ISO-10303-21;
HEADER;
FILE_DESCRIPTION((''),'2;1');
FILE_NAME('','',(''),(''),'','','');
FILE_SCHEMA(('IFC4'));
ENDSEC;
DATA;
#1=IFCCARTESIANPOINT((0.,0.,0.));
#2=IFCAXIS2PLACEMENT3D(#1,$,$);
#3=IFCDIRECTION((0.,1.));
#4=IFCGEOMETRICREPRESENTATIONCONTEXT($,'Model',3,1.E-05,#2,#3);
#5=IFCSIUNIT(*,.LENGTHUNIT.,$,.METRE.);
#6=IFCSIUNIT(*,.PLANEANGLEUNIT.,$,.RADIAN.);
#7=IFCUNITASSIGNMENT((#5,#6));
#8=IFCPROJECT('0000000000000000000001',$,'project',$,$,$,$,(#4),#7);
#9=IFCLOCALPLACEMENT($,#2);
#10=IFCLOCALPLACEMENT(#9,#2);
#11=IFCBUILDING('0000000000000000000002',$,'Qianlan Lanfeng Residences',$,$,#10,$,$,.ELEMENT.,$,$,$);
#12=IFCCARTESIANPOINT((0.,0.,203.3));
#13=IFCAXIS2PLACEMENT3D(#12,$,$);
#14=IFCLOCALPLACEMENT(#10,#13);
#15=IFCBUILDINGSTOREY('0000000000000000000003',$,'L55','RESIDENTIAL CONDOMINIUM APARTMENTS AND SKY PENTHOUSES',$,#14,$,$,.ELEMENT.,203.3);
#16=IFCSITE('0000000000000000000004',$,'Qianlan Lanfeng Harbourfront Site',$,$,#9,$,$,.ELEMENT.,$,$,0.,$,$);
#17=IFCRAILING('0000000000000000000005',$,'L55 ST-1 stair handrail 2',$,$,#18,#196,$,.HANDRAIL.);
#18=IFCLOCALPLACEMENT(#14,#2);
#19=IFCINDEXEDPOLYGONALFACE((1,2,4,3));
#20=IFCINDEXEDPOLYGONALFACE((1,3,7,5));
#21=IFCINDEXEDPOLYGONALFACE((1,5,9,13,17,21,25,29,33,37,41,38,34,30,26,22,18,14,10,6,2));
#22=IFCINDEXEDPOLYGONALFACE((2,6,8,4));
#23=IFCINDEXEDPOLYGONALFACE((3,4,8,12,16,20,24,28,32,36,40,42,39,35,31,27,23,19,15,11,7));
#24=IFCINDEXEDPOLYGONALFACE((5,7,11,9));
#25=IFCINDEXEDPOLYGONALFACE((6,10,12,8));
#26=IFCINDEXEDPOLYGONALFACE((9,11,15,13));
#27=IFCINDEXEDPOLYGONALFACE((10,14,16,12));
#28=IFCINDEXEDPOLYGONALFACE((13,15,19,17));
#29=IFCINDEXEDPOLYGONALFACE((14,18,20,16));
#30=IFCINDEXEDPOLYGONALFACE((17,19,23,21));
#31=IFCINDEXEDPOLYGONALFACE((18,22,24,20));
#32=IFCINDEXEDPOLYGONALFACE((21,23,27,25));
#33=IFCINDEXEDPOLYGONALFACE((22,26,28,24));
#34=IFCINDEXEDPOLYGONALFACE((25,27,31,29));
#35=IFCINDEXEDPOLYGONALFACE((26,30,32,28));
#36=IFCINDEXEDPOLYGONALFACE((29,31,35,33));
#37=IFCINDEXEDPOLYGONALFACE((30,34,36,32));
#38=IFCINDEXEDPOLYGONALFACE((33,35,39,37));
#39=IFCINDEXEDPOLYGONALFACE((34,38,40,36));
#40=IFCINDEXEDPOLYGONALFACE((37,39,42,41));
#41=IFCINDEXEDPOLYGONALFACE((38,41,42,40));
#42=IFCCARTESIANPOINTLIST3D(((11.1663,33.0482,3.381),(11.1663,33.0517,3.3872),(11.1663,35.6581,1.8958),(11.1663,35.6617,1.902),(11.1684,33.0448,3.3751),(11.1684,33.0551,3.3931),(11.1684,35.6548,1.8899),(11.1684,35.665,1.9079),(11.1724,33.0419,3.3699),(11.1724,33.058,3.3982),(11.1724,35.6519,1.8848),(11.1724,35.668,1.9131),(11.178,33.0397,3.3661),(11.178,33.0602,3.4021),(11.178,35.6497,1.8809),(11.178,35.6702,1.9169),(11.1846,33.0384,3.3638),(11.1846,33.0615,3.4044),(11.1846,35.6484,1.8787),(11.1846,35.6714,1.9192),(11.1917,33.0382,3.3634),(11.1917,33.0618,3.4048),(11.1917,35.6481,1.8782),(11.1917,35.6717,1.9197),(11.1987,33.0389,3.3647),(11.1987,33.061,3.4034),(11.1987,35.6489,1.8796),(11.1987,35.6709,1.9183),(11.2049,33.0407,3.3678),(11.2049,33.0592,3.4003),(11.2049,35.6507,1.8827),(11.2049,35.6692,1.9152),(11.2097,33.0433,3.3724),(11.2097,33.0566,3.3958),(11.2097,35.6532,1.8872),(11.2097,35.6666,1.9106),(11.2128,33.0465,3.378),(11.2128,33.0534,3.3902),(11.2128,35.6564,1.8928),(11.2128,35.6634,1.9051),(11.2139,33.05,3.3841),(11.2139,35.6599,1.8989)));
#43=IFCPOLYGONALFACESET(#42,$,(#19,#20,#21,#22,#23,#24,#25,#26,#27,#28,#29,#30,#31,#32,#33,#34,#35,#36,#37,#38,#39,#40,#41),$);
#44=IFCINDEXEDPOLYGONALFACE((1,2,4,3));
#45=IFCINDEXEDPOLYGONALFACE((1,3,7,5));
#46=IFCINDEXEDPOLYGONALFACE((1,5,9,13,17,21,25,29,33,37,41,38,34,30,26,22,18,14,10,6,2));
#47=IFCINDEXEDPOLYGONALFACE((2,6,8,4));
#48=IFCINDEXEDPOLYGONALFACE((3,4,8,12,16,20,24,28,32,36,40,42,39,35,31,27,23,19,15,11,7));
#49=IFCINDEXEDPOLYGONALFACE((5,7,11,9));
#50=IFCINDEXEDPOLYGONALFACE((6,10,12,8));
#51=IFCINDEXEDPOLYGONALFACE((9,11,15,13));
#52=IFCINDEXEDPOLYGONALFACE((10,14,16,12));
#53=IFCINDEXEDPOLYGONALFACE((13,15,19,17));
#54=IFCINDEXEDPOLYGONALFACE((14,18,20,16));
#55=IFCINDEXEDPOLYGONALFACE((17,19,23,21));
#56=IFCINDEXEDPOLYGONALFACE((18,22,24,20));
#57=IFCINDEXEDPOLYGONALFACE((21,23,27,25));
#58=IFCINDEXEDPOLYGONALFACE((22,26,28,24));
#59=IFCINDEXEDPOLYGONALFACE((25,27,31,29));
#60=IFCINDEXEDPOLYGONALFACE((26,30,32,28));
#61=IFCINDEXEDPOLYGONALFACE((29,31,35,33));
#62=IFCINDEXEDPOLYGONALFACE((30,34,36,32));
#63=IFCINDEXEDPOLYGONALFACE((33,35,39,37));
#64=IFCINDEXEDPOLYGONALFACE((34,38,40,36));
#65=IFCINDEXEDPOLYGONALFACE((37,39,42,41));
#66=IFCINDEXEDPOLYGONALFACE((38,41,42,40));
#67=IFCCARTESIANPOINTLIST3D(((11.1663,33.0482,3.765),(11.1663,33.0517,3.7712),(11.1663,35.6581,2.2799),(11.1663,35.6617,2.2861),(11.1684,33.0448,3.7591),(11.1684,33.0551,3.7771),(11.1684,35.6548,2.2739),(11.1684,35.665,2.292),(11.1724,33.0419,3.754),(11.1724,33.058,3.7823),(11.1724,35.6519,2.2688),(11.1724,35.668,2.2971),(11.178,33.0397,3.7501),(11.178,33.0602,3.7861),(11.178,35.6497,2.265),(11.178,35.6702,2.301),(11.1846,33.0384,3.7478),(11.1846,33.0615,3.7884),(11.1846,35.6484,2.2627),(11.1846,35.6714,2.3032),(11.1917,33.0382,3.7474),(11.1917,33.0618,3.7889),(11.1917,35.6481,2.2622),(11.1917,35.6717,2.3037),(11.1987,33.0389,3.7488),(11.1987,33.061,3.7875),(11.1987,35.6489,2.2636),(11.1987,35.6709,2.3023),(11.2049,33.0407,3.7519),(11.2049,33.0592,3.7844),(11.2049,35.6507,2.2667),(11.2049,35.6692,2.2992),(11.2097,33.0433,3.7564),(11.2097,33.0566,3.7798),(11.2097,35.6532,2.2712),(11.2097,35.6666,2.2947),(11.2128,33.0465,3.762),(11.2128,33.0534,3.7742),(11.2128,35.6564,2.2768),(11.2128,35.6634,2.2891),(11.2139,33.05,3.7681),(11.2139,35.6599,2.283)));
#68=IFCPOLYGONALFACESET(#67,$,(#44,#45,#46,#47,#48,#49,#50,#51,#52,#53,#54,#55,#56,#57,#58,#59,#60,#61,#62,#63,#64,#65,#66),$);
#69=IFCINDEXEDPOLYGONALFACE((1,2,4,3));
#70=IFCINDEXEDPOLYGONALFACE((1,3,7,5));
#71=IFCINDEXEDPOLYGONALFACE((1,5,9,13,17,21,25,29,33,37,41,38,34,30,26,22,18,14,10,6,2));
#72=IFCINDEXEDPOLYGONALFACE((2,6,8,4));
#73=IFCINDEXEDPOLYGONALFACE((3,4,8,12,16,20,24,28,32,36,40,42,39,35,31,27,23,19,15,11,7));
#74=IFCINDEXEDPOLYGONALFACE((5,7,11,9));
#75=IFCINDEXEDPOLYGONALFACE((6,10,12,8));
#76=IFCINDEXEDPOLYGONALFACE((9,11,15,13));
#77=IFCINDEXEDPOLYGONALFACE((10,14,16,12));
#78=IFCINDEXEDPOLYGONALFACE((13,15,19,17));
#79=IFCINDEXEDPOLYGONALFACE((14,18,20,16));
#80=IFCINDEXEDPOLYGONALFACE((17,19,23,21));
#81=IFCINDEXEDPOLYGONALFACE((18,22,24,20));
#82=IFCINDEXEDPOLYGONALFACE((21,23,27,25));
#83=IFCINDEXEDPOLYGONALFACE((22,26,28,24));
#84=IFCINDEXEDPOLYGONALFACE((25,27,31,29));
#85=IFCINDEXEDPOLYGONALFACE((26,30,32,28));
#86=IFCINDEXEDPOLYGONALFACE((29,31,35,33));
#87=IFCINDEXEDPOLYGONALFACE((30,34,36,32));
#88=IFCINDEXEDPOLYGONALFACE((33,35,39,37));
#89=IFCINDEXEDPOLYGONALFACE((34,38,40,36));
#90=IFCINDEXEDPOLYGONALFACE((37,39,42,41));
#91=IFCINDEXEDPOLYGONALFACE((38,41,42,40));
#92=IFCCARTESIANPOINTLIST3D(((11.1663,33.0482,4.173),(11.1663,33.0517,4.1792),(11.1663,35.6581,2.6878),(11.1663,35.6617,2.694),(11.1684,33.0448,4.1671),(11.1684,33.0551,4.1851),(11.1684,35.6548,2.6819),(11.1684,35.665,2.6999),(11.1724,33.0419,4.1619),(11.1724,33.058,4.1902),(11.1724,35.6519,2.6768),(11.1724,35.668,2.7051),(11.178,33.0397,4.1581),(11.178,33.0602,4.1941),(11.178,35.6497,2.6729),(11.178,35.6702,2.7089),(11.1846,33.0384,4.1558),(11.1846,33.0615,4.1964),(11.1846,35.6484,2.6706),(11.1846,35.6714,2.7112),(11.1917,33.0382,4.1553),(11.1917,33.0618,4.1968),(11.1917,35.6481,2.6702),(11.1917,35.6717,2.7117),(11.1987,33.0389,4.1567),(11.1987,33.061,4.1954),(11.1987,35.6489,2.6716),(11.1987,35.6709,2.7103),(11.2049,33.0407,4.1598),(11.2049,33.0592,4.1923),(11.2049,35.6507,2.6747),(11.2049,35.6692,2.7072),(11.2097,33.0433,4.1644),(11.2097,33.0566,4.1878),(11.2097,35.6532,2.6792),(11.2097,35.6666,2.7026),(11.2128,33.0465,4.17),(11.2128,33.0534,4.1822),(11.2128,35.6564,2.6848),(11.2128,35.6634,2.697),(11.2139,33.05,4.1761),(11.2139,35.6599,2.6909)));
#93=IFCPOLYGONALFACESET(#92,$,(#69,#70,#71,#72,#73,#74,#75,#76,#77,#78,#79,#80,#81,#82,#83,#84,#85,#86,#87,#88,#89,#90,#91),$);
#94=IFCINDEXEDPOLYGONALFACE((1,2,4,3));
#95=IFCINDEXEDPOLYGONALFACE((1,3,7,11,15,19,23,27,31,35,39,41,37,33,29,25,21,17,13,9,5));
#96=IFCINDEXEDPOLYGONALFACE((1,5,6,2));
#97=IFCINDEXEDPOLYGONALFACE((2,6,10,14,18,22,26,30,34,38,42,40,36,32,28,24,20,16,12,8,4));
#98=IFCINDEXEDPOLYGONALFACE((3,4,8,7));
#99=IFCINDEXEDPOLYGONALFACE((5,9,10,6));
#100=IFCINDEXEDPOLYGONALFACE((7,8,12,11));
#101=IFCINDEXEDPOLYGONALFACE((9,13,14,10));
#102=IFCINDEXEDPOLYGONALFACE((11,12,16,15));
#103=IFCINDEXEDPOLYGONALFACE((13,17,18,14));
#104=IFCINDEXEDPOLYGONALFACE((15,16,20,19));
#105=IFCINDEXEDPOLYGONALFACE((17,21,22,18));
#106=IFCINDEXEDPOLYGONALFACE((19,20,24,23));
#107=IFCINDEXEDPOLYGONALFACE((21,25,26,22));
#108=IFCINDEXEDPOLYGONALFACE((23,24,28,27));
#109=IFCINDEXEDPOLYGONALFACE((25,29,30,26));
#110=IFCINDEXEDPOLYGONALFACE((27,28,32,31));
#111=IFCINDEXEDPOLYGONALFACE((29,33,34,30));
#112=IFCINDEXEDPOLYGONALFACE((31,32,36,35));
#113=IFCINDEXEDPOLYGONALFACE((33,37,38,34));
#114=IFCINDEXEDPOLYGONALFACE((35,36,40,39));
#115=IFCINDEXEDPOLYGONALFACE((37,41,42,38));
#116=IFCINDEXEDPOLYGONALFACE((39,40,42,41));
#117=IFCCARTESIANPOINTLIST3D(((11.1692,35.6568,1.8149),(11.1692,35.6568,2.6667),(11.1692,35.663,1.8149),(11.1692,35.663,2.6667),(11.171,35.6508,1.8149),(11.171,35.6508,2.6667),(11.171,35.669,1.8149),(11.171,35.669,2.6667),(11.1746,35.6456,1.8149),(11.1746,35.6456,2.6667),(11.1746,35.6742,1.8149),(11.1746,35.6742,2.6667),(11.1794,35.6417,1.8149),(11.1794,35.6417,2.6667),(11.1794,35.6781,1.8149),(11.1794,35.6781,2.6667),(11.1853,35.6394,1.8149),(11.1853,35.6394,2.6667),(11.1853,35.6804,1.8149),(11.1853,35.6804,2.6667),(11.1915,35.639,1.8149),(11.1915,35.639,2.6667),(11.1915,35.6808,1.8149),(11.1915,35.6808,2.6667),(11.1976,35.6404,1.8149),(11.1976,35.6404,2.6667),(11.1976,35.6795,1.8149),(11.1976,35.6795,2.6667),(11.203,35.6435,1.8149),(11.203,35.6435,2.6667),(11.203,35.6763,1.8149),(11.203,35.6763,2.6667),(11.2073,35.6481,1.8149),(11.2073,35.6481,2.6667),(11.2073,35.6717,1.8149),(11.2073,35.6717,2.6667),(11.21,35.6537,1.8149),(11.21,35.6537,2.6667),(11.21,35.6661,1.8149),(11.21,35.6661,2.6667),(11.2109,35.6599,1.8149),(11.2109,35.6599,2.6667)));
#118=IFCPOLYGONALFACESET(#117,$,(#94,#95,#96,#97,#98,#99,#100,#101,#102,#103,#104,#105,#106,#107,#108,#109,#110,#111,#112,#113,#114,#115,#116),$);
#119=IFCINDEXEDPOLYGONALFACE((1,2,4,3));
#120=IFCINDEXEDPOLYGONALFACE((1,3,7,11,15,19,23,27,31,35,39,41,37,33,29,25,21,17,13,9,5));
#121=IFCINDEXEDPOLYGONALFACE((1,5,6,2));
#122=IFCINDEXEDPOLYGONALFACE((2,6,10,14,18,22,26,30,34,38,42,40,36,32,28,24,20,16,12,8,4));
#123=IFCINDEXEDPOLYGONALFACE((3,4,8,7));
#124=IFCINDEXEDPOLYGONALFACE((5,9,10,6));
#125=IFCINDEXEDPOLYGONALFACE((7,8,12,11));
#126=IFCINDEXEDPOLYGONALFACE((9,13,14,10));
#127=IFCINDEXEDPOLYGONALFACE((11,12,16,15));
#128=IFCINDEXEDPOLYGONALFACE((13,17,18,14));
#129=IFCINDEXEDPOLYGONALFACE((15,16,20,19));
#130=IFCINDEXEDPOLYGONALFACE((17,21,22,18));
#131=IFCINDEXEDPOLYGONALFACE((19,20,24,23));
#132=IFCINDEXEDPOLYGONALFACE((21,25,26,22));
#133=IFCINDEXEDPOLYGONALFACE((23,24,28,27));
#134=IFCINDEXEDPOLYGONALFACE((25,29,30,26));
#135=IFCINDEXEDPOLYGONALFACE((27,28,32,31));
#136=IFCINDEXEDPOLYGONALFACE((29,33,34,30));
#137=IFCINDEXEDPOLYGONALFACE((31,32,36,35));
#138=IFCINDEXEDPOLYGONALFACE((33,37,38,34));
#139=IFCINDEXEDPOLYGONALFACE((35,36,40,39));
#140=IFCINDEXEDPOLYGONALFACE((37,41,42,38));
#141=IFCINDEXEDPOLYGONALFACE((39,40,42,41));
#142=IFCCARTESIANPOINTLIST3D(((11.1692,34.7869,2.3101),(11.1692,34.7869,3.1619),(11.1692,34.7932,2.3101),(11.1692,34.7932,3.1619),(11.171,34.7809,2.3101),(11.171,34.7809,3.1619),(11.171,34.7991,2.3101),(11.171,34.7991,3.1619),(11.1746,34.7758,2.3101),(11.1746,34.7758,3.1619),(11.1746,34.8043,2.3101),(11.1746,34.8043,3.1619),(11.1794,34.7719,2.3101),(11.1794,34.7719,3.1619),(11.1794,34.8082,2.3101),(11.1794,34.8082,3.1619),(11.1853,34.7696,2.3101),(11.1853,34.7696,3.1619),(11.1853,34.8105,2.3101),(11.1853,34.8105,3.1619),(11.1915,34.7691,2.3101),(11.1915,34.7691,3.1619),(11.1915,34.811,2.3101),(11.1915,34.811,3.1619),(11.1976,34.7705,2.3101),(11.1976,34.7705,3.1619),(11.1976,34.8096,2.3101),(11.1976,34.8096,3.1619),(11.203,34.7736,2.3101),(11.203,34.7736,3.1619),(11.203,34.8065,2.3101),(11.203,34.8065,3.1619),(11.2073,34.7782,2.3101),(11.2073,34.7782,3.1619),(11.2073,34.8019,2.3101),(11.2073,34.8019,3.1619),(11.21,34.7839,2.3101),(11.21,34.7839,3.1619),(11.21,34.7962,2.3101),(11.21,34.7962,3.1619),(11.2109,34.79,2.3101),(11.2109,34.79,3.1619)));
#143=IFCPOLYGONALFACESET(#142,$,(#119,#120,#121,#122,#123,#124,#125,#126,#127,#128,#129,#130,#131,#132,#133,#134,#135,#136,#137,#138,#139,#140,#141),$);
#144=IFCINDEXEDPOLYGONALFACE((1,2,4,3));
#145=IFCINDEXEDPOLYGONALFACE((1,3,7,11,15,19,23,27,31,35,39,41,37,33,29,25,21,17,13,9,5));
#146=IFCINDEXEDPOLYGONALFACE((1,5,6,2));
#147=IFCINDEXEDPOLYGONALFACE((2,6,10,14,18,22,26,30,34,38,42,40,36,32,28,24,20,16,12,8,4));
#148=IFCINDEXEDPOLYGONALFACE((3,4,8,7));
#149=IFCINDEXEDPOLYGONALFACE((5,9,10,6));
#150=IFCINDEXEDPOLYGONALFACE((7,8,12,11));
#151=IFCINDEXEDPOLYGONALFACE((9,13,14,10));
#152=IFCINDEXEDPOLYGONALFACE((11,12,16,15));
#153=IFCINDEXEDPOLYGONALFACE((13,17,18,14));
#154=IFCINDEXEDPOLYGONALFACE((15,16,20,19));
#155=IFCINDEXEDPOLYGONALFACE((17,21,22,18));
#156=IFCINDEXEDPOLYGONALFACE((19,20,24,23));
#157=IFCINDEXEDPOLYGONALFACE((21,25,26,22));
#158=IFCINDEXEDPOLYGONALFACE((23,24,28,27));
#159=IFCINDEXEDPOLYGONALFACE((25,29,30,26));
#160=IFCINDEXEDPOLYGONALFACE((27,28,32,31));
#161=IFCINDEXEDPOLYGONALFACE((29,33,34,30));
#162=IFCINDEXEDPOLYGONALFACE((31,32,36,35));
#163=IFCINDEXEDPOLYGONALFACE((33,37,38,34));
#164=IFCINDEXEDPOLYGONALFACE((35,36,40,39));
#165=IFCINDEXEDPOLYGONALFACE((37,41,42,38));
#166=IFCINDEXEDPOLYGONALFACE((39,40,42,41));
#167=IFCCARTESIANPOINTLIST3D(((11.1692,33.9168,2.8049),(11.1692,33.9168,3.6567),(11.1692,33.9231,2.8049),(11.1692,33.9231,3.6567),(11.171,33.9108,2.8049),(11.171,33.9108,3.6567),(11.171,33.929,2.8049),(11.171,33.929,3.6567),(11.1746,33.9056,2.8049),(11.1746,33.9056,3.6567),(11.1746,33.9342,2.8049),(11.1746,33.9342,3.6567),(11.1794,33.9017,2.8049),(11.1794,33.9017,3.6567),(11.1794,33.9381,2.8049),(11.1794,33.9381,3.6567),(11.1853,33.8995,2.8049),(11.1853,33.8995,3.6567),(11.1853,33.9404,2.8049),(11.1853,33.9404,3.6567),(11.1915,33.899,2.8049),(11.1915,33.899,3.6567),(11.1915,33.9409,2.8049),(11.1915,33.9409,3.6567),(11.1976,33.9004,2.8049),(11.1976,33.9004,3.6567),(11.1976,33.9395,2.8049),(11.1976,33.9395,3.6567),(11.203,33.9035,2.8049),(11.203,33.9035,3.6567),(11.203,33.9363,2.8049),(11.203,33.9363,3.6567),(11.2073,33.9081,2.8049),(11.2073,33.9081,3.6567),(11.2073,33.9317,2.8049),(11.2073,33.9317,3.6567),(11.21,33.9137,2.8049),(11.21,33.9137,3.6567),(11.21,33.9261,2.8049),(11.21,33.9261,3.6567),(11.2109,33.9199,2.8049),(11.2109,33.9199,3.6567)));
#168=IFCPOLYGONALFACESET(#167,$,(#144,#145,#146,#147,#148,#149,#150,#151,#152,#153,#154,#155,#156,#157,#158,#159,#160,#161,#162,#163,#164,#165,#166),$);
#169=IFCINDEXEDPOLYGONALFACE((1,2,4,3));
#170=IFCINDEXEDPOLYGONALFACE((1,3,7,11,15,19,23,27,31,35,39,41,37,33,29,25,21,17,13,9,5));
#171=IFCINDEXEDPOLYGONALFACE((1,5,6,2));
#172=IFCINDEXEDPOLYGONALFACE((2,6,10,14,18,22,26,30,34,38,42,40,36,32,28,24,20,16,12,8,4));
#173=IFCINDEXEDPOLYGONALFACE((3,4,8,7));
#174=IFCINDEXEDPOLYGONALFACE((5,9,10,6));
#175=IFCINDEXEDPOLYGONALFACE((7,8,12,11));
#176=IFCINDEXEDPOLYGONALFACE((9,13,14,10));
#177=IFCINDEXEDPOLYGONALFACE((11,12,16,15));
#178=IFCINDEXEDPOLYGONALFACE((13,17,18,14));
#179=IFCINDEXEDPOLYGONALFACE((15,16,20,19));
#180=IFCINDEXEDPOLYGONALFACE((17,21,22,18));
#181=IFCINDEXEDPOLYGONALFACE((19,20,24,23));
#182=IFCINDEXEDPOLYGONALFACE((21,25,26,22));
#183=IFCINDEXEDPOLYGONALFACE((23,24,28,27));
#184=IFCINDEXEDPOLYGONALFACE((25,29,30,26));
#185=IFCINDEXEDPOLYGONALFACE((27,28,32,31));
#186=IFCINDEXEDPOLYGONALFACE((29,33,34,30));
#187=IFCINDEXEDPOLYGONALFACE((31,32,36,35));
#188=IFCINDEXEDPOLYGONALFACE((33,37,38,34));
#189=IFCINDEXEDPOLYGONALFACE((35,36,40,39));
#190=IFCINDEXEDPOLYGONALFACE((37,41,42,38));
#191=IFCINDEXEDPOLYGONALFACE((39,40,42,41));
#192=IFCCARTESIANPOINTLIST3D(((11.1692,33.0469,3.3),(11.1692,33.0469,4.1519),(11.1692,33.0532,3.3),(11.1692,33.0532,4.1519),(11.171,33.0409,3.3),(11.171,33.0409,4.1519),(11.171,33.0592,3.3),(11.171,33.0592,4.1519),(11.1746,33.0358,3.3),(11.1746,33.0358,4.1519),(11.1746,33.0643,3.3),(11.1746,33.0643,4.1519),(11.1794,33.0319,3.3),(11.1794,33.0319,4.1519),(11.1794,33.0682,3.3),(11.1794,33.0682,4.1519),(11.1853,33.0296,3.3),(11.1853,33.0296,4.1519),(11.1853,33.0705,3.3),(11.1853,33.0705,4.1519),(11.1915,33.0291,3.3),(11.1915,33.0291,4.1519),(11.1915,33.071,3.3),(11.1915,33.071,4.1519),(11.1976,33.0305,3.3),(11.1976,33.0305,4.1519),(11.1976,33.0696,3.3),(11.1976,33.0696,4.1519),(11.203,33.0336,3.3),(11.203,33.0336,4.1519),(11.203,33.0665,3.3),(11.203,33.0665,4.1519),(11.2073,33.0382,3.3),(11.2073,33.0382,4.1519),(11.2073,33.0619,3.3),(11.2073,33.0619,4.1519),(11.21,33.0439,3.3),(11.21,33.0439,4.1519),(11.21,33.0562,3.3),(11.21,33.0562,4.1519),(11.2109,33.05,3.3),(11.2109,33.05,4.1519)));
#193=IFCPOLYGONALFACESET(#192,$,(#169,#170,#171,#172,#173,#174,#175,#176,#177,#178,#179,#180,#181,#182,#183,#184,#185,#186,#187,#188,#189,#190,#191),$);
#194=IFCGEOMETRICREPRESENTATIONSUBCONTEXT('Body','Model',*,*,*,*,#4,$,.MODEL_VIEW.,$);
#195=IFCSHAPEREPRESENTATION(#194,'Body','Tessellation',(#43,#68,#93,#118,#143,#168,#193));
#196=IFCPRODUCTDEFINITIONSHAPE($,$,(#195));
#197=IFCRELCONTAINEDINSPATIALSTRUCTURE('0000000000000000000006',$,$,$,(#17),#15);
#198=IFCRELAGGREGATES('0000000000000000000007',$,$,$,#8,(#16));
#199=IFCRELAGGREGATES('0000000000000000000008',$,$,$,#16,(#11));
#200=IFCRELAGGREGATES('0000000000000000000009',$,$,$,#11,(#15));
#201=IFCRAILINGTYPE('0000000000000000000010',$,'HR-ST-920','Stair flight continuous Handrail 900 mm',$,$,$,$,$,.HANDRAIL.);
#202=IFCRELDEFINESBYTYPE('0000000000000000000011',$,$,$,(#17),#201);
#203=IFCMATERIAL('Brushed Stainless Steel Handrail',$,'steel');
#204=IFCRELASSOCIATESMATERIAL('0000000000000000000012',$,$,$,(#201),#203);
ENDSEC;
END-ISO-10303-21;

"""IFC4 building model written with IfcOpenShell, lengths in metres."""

from ifc_helpers import new_model, si_unit, direction, frame, origin, origin_2d, place, context, subcontext, project, spatial, circle, extrude, material, type_object, element, save


model = new_model("IFC4")

# Units and contexts
model_context = context("Model", 3, precision=1e-05, world=origin(), true_north=direction((0.0, 1.0)))
body_context = subcontext(model_context, "Body", "Model", "MODEL_VIEW")
ifc_project = project(units=[si_unit("LENGTHUNIT", "METRE"), si_unit("PLANEANGLEUNIT", "RADIAN")], contexts=[model_context])

# Site, building, storey
site_placement = place(None, origin())
site = spatial("IfcSite", under=ifc_project, at=site_placement, Name="Qianlan Lanfeng Harbourfront Site", CompositionType="ELEMENT", RefElevation=0.0)
building_placement = place(site_placement, origin())
building = spatial("IfcBuilding", under=site, at=building_placement, Name="Qianlan Lanfeng Residences", CompositionType="ELEMENT")
storey_placement = place(building_placement, frame((0.0, 0.0, 203.3)))
storey = spatial("IfcBuildingStorey", under=building, at=storey_placement, Name="L55", Description="RESIDENTIAL CONDOMINIUM APARTMENTS AND SKY PENTHOUSES", CompositionType="ELEMENT", Elevation=203.3)

# Railing
ifc_material_1 = material(Name="Brushed Stainless Steel Handrail", Category="steel")
railing_type_1 = type_object("IfcRailingType", Name="HR-ST-920", Description="Stair flight continuous Handrail 900 mm", PredefinedType="HANDRAIL", material=ifc_material_1)
railing_1_placement = place(storey_placement, frame((11.1899, 35.6599, 1.8149)))
element("IfcRailing", 1, at=railing_1_placement, inside=storey, type_object=railing_type_1, Name="L55 ST-1 stair handrail 2", PredefinedType="HANDRAIL", context=body_context, shape_type="SweptSolid", body=[
    extrude(circle(Radius=0.0239, at=origin_2d()), frame((0.0, 0.0, 0.084), z_axis=(0.0, -0.869137, 0.494571), x_axis=(1.0, 0.0, 0.0)), (0.0, 0.0, 1.0), 3.0029),
    extrude(circle(Radius=0.0239, at=origin_2d()), frame((0.0, 0.0, 0.468), z_axis=(0.0, -0.869137, 0.494571), x_axis=(1.0, 0.0, 0.0)), (0.0, 0.0, 1.0), 3.0029),
    extrude(circle(Radius=0.0239, at=origin_2d()), frame((0.0, 0.0, 0.876), z_axis=(0.0, -0.869137, 0.494571), x_axis=(1.0, 0.0, 0.0)), (0.0, 0.0, 1.0), 3.0029),
    extrude(circle(Radius=0.021, at=origin_2d()), origin(), (0.0, 0.0, 1.0), 0.8518),
    extrude(circle(Radius=0.021, at=origin_2d()), frame((0.0, -0.8699, 0.4951)), (0.0, 0.0, 1.0), 0.8518),
    extrude(circle(Radius=0.021, at=origin_2d()), frame((0.0, -1.74, 0.99)), (0.0, 0.0, 1.0), 0.8518),
    extrude(circle(Radius=0.021, at=origin_2d()), frame((0.0, -2.6099, 1.4851)), (0.0, 0.0, 1.0), 0.8518),
])

save(model, "model.ifc")
